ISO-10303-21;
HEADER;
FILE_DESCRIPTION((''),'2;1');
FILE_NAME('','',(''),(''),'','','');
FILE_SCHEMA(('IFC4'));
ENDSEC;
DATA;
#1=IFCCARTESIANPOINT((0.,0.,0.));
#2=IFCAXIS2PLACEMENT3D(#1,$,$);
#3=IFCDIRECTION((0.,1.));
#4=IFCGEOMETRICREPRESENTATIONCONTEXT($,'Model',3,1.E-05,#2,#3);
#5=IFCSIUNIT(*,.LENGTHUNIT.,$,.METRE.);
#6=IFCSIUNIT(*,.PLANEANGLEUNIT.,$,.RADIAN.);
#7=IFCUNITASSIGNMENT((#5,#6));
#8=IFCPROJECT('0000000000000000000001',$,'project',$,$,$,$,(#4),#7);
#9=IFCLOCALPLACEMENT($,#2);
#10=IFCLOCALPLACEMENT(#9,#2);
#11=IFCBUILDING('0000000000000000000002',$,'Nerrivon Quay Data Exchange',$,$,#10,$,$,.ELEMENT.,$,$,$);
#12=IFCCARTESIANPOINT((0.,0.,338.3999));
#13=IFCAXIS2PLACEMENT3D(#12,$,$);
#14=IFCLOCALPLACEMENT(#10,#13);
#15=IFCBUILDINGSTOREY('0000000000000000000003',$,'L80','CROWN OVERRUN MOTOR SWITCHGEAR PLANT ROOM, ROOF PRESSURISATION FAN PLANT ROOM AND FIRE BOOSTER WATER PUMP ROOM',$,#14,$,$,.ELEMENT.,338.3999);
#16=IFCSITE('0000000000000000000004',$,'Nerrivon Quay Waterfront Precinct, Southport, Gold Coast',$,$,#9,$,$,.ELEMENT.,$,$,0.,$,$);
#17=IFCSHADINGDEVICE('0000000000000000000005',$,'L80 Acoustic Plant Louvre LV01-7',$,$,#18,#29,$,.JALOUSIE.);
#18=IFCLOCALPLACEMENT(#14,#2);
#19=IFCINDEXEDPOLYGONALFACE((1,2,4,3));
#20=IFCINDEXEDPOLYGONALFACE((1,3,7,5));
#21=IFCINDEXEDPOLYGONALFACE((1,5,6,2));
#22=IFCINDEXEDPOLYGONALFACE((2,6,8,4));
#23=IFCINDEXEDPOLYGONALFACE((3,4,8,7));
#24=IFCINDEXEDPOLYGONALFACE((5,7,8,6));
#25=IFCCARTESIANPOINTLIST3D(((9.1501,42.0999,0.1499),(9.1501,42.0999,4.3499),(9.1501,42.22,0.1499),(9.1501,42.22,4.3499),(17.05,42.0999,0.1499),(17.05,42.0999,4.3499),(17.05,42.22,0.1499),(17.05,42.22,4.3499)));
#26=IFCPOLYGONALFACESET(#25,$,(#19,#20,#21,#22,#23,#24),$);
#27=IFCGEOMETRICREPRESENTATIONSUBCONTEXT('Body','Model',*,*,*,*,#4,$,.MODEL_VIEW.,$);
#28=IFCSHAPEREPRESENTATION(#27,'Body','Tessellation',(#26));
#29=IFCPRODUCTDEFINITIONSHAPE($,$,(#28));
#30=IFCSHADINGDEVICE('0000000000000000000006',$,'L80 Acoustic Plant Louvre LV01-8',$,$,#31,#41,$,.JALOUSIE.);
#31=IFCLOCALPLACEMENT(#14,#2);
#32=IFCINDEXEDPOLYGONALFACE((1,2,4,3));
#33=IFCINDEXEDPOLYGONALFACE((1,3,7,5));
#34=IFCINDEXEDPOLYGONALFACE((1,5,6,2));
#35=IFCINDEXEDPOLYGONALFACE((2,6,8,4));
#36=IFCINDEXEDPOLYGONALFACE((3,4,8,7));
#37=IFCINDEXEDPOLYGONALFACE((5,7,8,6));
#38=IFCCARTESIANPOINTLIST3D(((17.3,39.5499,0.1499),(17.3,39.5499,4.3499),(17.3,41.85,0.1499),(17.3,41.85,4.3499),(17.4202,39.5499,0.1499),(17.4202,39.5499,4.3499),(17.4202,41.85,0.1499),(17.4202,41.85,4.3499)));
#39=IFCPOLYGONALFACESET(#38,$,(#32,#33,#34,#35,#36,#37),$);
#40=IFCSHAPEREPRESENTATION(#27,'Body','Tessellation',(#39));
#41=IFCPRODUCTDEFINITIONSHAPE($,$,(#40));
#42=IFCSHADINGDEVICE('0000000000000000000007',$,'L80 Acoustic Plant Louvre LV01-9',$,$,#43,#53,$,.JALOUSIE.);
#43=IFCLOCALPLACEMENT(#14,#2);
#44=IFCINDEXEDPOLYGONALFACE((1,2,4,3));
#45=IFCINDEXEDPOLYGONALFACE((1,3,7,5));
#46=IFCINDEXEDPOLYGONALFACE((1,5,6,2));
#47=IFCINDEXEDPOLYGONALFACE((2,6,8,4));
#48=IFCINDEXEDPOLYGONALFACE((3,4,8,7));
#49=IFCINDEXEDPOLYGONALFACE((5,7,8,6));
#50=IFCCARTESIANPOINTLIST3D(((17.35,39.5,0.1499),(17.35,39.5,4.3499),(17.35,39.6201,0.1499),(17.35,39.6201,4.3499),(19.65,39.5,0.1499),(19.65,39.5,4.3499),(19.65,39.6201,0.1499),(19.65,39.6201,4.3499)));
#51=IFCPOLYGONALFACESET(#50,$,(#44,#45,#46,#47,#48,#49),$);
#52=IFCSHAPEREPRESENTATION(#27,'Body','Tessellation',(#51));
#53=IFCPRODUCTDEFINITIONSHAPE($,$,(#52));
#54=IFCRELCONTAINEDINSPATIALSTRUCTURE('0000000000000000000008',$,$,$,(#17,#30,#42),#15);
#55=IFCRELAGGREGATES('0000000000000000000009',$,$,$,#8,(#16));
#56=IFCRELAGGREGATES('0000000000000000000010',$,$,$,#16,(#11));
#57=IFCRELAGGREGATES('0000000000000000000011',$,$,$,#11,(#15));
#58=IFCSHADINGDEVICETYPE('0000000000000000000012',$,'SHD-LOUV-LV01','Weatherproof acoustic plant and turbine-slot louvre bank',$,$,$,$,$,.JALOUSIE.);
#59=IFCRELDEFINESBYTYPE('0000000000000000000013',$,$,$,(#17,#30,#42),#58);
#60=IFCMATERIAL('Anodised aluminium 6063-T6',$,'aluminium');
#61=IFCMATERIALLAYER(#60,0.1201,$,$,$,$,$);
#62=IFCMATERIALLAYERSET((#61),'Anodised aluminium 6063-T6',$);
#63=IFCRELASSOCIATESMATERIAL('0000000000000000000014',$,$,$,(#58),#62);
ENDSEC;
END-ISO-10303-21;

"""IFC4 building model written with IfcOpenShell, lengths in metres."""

from ifc_helpers import new_model, si_unit, direction, frame, origin, origin_2d, place, context, subcontext, project, spatial, rectangle, extrude, material, layer, layer_set, type_object, element, save


model = new_model("IFC4")

# Units and contexts
model_context = context("Model", 3, precision=1e-05, world=origin(), true_north=direction((0.0, 1.0)))
body_context = subcontext(model_context, "Body", "Model", "MODEL_VIEW")
ifc_project = project(units=[si_unit("LENGTHUNIT", "METRE"), si_unit("PLANEANGLEUNIT", "RADIAN")], contexts=[model_context])

# Site, building, storey
site_placement = place(None, origin())
site = spatial("IfcSite", under=ifc_project, at=site_placement, Name="Nerrivon Quay Waterfront Precinct, Southport, Gold Coast", CompositionType="ELEMENT", RefElevation=0.0)
building_placement = place(site_placement, origin())
building = spatial("IfcBuilding", under=site, at=building_placement, Name="Nerrivon Quay Data Exchange", CompositionType="ELEMENT")
storey_placement = place(building_placement, frame((0.0, 0.0, 338.3999)))
storey = spatial("IfcBuildingStorey", under=building, at=storey_placement, Name="L80", Description="CROWN OVERRUN MOTOR SWITCHGEAR PLANT ROOM, ROOF PRESSURISATION FAN PLANT ROOM AND FIRE BOOSTER WATER PUMP ROOM", CompositionType="ELEMENT", Elevation=338.3999)

# Shading devices
ifc_material_1 = material(Name="Anodised aluminium 6063-T6", Category="aluminium")
ifc_layer_1 = layer(ifc_material_1, 0.1201)
ifc_layer_set_1 = layer_set([ifc_layer_1], Name="Anodised aluminium 6063-T6")
shading_device_type = type_object("IfcShadingDeviceType", Name="SHD-LOUV-LV01", Description="Weatherproof acoustic plant and turbine-slot louvre bank", PredefinedType="JALOUSIE", material=ifc_layer_set_1)
shading_device_placement = place(storey_placement, frame((13.1001, 42.1599, 0.1499), z_axis=(0.0, 0.0, 1.0), x_axis=(1.0, 0.0, 0.0)))
element("IfcShadingDevice", 1, at=shading_device_placement, inside=storey, type_object=shading_device_type, Name="L80 Acoustic Plant Louvre LV01-7", PredefinedType="JALOUSIE", context=body_context, shape_type="SweptSolid", body=[
    extrude(rectangle(XDim=7.8999, YDim=0.1201, at=origin_2d()), origin(), (0.0, 0.0, 1.0), 4.2),
])
for number, where, z_axis, x_axis, name in (
    (2, (17.3601, 40.7, 0.1499), (0.0, 0.0, 1.0), (0.0, -1.0, 0.0), "L80 Acoustic Plant Louvre LV01-8"),
    (3, (18.5, 39.5601, 0.1499), (0.0, 0.0, 1.0), (1.0, 0.0, 0.0), "L80 Acoustic Plant Louvre LV01-9"),
):
    element("IfcShadingDevice", number, at=place(storey_placement, frame(where, z_axis=z_axis, x_axis=x_axis)), inside=storey, type_object=shading_device_type, Name=name, PredefinedType="JALOUSIE", context=body_context, shape_type="SweptSolid", body=[
        extrude(rectangle(XDim=2.3, YDim=0.1201, at=origin_2d()), origin(), (0.0, 0.0, 1.0), 4.2),
    ])

save(model, "model.ifc")
